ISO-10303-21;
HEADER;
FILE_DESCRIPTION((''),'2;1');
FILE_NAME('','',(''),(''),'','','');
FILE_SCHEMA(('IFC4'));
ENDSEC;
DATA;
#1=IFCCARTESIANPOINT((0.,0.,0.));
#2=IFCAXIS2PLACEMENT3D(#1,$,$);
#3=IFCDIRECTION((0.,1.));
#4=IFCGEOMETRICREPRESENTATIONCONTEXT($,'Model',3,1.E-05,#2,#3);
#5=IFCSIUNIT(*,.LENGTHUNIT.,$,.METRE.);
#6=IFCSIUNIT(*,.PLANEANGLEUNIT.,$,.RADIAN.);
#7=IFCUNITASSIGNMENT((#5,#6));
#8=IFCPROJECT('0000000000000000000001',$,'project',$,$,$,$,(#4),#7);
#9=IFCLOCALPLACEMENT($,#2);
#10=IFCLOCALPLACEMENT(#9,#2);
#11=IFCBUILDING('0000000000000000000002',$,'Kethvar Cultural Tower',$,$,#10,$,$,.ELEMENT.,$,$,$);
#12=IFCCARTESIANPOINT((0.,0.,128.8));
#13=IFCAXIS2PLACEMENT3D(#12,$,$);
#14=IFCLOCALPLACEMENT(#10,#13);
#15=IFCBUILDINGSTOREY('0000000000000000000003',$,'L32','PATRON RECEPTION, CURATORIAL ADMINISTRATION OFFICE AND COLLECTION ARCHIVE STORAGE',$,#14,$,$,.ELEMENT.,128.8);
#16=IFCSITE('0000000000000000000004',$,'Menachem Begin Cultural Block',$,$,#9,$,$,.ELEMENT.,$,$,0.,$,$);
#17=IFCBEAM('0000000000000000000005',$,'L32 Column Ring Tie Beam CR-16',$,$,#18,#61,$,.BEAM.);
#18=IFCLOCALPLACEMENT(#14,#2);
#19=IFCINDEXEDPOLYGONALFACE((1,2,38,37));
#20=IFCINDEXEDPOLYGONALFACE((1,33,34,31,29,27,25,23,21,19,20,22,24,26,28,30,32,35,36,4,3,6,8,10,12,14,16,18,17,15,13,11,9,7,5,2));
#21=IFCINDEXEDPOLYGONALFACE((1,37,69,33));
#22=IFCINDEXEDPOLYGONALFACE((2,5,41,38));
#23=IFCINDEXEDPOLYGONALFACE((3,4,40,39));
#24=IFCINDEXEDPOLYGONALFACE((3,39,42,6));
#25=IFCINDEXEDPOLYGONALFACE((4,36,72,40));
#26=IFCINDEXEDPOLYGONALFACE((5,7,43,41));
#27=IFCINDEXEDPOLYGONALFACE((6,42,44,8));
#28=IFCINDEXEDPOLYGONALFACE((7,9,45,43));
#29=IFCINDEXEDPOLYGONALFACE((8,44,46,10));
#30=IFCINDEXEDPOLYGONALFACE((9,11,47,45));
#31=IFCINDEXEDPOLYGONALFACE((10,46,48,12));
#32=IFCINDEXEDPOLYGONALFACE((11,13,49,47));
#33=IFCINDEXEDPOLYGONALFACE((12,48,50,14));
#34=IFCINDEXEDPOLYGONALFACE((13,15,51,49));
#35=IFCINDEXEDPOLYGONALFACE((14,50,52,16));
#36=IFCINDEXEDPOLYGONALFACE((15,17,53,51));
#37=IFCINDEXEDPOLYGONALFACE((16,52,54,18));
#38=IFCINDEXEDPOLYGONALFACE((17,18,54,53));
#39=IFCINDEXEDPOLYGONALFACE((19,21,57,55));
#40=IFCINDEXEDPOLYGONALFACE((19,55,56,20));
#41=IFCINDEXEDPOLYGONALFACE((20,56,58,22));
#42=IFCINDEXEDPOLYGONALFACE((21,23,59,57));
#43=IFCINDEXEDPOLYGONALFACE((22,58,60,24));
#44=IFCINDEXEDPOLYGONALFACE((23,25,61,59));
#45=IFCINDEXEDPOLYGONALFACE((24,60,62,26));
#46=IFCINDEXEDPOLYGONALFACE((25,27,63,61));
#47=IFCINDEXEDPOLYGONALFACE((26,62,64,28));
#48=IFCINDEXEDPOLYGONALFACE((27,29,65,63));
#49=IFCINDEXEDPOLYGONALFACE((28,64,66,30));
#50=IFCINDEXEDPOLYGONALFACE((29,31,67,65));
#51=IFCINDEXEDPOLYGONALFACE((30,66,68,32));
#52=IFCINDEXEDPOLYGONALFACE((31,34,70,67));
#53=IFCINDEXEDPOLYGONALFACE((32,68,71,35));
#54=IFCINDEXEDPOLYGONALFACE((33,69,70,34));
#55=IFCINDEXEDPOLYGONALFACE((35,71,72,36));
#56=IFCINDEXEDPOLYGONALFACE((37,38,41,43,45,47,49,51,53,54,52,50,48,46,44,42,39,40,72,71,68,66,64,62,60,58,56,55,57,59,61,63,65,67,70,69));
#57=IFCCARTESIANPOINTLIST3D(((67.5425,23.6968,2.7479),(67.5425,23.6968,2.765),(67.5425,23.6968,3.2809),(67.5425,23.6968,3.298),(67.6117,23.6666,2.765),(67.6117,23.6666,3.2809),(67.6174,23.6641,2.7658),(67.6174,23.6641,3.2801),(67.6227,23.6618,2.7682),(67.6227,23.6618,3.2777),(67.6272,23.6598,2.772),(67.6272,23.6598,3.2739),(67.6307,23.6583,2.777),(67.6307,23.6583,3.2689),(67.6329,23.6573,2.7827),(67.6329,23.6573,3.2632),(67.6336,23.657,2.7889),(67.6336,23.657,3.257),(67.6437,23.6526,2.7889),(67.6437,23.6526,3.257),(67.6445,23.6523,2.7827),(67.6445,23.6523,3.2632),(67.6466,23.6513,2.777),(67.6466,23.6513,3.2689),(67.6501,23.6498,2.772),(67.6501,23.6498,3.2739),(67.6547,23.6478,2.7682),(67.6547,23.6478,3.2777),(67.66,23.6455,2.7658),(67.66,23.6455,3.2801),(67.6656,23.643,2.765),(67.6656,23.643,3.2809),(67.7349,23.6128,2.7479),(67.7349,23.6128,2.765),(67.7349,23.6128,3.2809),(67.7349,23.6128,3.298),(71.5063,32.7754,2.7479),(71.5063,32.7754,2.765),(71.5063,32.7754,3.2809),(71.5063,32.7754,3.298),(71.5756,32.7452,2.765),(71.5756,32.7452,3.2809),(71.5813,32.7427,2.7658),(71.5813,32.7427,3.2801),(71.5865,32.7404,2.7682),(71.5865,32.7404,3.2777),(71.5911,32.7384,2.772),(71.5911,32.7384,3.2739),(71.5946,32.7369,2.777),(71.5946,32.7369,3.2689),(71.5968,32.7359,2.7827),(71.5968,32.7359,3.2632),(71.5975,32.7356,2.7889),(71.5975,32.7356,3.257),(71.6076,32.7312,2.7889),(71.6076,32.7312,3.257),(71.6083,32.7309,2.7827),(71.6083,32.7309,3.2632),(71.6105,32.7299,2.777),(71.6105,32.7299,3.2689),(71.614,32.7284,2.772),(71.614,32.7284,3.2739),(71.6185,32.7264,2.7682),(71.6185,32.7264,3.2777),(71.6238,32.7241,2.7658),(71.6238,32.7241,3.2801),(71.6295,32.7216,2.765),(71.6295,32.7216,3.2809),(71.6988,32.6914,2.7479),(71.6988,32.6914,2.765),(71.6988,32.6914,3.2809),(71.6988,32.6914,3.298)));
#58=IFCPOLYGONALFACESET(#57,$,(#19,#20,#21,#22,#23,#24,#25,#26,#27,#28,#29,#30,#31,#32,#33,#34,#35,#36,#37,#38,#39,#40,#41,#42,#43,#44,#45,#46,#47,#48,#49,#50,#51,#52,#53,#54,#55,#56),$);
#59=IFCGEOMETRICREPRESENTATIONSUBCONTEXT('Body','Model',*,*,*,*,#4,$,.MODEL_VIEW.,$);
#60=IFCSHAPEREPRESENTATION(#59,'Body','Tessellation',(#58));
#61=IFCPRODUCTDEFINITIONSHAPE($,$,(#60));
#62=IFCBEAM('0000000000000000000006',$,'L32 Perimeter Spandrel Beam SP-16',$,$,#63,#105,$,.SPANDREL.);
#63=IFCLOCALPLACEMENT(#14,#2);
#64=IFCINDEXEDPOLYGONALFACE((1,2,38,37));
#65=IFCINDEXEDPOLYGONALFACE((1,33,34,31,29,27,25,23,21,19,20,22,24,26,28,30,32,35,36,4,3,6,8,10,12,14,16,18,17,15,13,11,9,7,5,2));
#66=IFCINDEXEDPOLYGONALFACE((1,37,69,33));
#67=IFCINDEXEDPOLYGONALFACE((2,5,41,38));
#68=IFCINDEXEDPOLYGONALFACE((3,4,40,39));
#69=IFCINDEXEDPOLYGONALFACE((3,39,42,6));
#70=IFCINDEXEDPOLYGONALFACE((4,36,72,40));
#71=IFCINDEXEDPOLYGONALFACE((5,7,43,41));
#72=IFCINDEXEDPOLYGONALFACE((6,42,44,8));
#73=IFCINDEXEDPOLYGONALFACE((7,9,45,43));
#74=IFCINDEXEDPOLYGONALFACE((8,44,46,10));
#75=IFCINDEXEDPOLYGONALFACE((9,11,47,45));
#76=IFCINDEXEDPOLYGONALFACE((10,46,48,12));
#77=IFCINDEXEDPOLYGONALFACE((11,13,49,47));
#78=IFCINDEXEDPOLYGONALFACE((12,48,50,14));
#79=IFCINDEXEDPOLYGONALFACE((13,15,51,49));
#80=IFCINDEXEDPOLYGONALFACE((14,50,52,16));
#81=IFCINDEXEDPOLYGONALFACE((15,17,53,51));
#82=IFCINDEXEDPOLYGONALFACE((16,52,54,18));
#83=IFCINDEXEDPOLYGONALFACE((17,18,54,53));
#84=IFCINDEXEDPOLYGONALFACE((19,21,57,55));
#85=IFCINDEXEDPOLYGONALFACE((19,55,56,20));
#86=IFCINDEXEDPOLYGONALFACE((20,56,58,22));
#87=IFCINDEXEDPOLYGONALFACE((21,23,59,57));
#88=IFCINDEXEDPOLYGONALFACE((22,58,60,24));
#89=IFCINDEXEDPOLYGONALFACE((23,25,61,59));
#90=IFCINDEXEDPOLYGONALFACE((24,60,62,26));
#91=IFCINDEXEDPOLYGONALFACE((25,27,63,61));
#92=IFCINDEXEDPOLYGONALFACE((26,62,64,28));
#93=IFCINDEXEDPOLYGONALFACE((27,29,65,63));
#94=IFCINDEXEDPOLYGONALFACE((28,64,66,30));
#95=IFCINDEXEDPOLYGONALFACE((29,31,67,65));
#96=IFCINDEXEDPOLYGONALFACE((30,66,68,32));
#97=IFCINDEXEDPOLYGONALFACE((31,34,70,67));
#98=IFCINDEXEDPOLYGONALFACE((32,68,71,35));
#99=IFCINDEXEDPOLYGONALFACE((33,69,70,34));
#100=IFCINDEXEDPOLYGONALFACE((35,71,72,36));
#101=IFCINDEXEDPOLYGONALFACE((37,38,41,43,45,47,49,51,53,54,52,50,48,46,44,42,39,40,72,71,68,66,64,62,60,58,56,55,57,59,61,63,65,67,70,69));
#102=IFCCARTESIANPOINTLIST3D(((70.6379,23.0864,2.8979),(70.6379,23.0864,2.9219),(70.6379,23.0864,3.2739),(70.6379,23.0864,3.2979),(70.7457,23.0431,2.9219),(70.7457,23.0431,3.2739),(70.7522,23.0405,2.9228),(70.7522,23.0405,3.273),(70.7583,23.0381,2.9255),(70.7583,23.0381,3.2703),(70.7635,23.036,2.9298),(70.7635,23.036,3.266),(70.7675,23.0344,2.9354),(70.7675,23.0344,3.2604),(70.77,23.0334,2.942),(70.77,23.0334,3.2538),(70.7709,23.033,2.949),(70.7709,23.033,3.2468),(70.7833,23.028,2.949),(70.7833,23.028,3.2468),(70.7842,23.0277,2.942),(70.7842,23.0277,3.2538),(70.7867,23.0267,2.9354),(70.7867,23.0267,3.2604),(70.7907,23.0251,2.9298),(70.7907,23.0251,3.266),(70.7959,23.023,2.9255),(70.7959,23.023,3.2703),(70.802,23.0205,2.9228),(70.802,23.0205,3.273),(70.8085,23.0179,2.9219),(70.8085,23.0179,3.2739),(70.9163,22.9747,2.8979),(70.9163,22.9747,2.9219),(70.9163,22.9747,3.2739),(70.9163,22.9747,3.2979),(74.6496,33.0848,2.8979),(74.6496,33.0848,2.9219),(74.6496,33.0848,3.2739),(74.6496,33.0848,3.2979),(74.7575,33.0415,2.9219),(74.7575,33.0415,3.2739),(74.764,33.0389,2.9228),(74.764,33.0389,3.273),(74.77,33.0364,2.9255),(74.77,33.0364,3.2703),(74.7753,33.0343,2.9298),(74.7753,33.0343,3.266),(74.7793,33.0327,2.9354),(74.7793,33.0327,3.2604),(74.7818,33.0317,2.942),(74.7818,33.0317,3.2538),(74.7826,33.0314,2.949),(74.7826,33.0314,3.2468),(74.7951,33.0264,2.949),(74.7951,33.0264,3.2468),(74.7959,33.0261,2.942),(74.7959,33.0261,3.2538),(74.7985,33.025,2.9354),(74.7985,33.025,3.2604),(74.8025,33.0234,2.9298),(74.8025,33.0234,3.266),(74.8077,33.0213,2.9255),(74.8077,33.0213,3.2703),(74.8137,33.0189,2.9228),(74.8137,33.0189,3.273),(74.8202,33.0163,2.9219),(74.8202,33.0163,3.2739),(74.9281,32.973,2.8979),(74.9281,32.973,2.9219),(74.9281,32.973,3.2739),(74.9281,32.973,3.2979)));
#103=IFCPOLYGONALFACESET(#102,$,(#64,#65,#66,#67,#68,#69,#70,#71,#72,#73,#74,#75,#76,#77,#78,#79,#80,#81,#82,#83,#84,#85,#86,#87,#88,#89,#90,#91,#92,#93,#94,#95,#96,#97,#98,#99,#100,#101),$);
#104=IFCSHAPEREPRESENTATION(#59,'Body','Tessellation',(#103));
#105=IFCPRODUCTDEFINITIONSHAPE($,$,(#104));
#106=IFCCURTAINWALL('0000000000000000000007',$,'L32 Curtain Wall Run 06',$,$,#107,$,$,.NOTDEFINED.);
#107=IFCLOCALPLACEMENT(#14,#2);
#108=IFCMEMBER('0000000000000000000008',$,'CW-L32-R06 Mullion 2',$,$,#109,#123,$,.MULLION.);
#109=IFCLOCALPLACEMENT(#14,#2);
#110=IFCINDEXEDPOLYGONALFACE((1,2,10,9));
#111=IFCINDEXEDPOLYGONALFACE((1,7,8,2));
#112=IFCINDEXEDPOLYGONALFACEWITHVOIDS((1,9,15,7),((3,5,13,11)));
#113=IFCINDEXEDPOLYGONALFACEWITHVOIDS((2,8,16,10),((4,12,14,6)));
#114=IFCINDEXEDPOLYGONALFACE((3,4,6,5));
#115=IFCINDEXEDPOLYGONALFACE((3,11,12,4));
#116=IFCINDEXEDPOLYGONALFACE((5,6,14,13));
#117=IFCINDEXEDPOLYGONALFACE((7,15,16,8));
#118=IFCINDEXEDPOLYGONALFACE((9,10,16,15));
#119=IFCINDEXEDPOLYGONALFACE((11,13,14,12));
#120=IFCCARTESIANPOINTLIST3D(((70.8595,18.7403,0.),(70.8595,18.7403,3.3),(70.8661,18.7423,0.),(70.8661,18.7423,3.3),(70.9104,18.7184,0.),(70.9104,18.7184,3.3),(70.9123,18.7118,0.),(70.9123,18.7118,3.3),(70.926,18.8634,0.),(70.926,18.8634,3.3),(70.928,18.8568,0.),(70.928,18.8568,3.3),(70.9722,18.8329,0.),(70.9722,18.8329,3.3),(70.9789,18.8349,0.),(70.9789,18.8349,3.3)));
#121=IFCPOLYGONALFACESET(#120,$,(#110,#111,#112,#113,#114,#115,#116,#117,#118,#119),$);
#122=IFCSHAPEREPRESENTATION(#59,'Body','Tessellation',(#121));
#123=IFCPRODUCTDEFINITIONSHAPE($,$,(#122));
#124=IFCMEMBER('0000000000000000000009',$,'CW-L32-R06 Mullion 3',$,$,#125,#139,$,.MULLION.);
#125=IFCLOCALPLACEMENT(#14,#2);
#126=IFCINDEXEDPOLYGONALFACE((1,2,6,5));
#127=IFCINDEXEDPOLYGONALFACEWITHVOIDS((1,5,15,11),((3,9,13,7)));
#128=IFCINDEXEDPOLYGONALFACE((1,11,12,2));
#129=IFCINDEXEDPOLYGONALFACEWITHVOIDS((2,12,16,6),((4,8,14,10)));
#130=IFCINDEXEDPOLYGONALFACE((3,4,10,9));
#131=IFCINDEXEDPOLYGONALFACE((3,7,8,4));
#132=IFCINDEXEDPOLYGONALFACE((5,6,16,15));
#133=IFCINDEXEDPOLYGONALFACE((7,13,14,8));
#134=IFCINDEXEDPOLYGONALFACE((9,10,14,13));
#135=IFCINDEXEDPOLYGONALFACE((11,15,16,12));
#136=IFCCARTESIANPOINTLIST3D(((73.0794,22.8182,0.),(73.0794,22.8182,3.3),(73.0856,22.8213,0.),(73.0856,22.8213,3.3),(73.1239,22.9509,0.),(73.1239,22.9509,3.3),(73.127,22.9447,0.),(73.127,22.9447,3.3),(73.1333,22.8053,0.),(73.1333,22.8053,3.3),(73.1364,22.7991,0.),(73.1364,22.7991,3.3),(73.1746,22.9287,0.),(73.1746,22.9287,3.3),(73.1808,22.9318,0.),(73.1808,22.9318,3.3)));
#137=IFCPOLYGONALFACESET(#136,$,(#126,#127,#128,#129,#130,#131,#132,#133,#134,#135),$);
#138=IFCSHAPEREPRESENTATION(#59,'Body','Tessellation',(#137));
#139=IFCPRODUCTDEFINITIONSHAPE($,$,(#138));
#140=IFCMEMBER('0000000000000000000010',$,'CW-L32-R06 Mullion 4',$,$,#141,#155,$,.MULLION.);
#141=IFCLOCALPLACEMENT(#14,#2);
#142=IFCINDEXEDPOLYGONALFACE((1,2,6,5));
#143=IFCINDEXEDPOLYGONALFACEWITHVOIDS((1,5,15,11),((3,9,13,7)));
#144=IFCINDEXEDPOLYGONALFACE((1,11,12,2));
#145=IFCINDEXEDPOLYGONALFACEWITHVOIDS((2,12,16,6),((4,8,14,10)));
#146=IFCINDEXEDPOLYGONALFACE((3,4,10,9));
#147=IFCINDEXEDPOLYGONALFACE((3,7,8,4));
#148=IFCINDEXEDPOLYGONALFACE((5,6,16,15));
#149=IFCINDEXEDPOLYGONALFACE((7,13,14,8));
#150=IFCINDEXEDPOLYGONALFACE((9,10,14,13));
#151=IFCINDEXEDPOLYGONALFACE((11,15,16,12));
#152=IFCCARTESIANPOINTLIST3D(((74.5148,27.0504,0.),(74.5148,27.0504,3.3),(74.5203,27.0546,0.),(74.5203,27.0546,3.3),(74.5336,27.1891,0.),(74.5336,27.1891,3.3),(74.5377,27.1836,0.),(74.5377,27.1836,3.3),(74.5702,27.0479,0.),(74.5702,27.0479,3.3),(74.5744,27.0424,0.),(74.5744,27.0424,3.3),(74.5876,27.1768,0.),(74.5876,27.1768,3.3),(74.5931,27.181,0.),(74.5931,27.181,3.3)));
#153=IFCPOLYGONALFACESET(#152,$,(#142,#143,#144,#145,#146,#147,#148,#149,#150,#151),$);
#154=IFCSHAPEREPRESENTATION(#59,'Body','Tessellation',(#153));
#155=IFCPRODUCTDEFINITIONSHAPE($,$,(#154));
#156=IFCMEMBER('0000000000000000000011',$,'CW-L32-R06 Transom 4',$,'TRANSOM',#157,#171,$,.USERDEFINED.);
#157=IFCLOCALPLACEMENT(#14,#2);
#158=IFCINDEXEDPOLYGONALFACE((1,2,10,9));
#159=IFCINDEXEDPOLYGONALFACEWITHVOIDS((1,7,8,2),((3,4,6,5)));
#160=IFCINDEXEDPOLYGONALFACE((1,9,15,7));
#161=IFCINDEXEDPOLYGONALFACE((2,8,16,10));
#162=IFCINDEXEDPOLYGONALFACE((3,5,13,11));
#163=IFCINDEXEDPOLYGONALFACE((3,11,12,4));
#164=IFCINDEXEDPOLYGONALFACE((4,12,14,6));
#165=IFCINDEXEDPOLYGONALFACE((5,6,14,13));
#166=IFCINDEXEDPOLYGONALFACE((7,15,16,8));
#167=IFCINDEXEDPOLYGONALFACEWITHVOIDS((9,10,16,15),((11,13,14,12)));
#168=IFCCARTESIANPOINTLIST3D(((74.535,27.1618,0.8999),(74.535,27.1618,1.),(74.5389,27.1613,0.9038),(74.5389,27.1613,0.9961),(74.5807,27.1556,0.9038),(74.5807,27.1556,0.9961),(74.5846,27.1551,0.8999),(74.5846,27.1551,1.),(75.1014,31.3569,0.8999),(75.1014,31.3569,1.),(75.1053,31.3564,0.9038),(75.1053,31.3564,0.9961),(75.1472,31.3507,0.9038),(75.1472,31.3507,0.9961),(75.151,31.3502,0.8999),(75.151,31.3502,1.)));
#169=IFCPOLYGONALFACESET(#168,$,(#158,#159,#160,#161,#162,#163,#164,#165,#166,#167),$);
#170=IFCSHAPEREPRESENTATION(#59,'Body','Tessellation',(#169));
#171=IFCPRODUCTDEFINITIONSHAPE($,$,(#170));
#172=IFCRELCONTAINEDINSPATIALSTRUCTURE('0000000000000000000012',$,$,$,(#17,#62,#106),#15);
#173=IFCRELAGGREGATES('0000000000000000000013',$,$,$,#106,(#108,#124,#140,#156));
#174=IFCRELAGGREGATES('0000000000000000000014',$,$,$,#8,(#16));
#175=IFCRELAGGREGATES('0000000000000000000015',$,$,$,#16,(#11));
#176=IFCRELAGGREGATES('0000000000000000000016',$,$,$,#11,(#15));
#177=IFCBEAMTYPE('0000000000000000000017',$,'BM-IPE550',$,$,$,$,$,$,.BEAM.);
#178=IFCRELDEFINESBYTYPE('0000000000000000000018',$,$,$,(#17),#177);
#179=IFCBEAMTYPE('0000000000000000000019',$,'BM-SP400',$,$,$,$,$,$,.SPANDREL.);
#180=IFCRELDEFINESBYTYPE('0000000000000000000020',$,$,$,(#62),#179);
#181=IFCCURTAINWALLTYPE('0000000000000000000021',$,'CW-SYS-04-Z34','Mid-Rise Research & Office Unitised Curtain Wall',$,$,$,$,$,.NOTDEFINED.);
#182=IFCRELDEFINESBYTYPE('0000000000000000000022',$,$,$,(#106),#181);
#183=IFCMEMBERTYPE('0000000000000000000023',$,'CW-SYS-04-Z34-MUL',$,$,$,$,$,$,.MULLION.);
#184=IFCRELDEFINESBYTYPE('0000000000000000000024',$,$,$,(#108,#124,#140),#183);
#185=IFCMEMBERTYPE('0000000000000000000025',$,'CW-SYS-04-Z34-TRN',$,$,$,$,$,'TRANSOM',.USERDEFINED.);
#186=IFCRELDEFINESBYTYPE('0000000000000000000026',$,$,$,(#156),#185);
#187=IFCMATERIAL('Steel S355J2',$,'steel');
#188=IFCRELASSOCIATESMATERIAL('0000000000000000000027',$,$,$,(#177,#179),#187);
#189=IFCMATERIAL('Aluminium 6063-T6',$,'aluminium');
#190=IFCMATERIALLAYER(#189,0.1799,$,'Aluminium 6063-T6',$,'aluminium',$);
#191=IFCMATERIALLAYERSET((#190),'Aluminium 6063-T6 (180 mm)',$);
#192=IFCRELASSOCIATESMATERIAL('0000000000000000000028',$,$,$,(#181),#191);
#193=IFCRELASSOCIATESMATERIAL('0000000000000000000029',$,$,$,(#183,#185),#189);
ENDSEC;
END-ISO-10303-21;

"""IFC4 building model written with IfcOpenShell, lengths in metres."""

from ifc_helpers import new_model, si_unit, direction, frame, origin, origin_2d, place, context, subcontext, project, spatial, hollow_rectangle, i_section, extrude, source, transform, mapped, material, layer, layer_set, material_profile, profile_set, type_object, element, aggregate, save


model = new_model("IFC4")

# Units and contexts
model_context = context("Model", 3, precision=1e-05, world=origin(), true_north=direction((0.0, 1.0)))
body_context = subcontext(model_context, "Body", "Model", "MODEL_VIEW")
ifc_project = project(units=[si_unit("LENGTHUNIT", "METRE"), si_unit("PLANEANGLEUNIT", "RADIAN")], contexts=[model_context])

# Site, building, storey
site_placement = place(None, origin())
site = spatial("IfcSite", under=ifc_project, at=site_placement, Name="Menachem Begin Cultural Block", CompositionType="ELEMENT", RefElevation=0.0)
building_placement = place(site_placement, origin())
building = spatial("IfcBuilding", under=site, at=building_placement, Name="Kethvar Cultural Tower", CompositionType="ELEMENT")
storey_placement = place(building_placement, frame((0.0, 0.0, 128.8)))
storey = spatial("IfcBuildingStorey", under=building, at=storey_placement, Name="L32", Description="PATRON RECEPTION, CURATORIAL ADMINISTRATION OFFICE AND COLLECTION ARCHIVE STORAGE", CompositionType="ELEMENT", Elevation=128.8)

# Beams
ifc_material_1 = material(Name="Steel S355J2", Category="steel")
ifc_material_profile_1 = material_profile(ifc_material_1, i_section(OverallWidth=0.21, OverallDepth=0.55, WebThickness=0.011, FlangeThickness=0.0171, FilletRadius=0.0239, at=origin_2d()), Name="Steel S355J2 — IPE550")
ifc_profile_set_1 = profile_set([ifc_material_profile_1], Name="Steel S355J2 — IPE550")
beam_type_1 = type_object("IfcBeamType", Name="BM-IPE550", PredefinedType="BEAM", material=ifc_profile_set_1)
shared_shape_1 = source(origin(), body_context, "Body", "SweptSolid", [
    extrude(i_section(OverallWidth=0.21, OverallDepth=0.55, WebThickness=0.011, FlangeThickness=0.0171, FilletRadius=0.0239, at=origin_2d()), origin(), (0.0, 0.0, 1.0), 9.9062),
])
beam_1_placement = place(storey_placement, frame((67.6387, 23.6548, 3.0229), z_axis=(0.400139, 0.916455, 0.0), x_axis=(-0.916455, 0.400139, 0.0)))
element("IfcBeam", 1, at=beam_1_placement, inside=storey, type_object=beam_type_1, Name="L32 Column Ring Tie Beam CR-16", PredefinedType="BEAM", context=body_context, shape_type="MappedRepresentation", body=[
    mapped(shared_shape_1, transform((0.0, 0.0, 0.0), scale=1.0)),
])
ifc_material_profile_2 = material_profile(ifc_material_1, i_section(OverallWidth=0.3, OverallDepth=0.3999, WebThickness=0.0134, FlangeThickness=0.0239, FilletRadius=0.0271, at=origin_2d()), Name="Steel S355J2 — HEB400")
ifc_profile_set_2 = profile_set([ifc_material_profile_2], Name="Steel S355J2 — HEB400")
beam_type_2 = type_object("IfcBeamType", Name="BM-SP400", PredefinedType="SPANDREL", material=ifc_profile_set_2)
shared_shape_2 = source(origin(), body_context, "Body", "SweptSolid", [
    extrude(i_section(OverallWidth=0.3, OverallDepth=0.3999, WebThickness=0.0134, FlangeThickness=0.0239, FilletRadius=0.0271, at=origin_2d()), origin(), (0.0, 0.0, 1.0), 10.7732),
])
beam_2_placement = place(storey_placement, frame((70.7771, 23.0305, 3.0979), z_axis=(0.372383, 0.928079, 0.0), x_axis=(-0.928079, 0.372383, 0.0)))
element("IfcBeam", 2, at=beam_2_placement, inside=storey, type_object=beam_type_2, Name="L32 Perimeter Spandrel Beam SP-16", PredefinedType="SPANDREL", context=body_context, shape_type="MappedRepresentation", body=[
    mapped(shared_shape_2, transform((0.0, 0.0, 0.0), scale=1.0)),
])

# Curtain wall, members
ifc_material_2 = material(Name="Aluminium 6063-T6", Category="aluminium")
ifc_layer_1 = layer(ifc_material_2, 0.1799, Name="Aluminium 6063-T6", Category="aluminium")
ifc_layer_set_1 = layer_set([ifc_layer_1], Name="Aluminium 6063-T6 (180 mm)")
curtain_wall_type = type_object("IfcCurtainWallType", Name="CW-SYS-04-Z34", Description="Mid-Rise Research & Office Unitised Curtain Wall", PredefinedType="NOTDEFINED", material=ifc_layer_set_1)
curtain_wall_placement = place(storey_placement, origin())
curtain_wall = element("IfcCurtainWall", 3, at=curtain_wall_placement, inside=storey, type_object=curtain_wall_type, Name="L32 Curtain Wall Run 06", PredefinedType="NOTDEFINED")
ifc_material_profile_3 = material_profile(ifc_material_2, hollow_rectangle(XDim=0.0601, YDim=0.1399, WallThickness=0.0049, at=origin_2d()), Name="Aluminium 6063-T6 — RHS140x60x5")
ifc_profile_set_3 = profile_set([ifc_material_profile_3], Name="Aluminium 6063-T6 — RHS140x60x5")
member_type_1 = type_object("IfcMemberType", Name="CW-SYS-04-Z34-MUL", PredefinedType="MULLION", material=ifc_profile_set_3)
shared_shape_3 = source(origin(), body_context, "Body", "SweptSolid", [
    extrude(hollow_rectangle(XDim=0.0601, YDim=0.1399, WallThickness=0.0049, at=origin_2d()), origin(), (0.0, 0.0, 1.0), 3.3),
])
member_1_placement = place(storey_placement, frame((70.9192, 18.7876, 0.0), z_axis=(0.0, 0.0, 1.0), x_axis=(-0.879715, 0.475501, 0.0)))
member_1 = element("IfcMember", 4, at=member_1_placement, type_object=member_type_1, Name="CW-L32-R06 Mullion 2", PredefinedType="MULLION", context=body_context, shape_type="MappedRepresentation", body=[
    mapped(shared_shape_3, transform((0.0, 0.0, 0.0), scale=1.0)),
])
member_2_placement = place(storey_placement, frame((73.1301, 22.875, 0.0), z_axis=(0.0, 0.0, 1.0), x_axis=(-0.948141, 0.317851, 0.0)))
member_2 = element("IfcMember", 5, at=member_2_placement, type_object=member_type_1, Name="CW-L32-R06 Mullion 3", PredefinedType="MULLION", context=body_context, shape_type="MappedRepresentation", body=[
    mapped(shared_shape_3, transform((0.0, 0.0, 0.0), scale=1.0)),
])
member_3_placement = place(storey_placement, frame((74.554, 27.1157, 0.0), z_axis=(0.0, 0.0, 1.0), x_axis=(-0.991007, 0.133813, 0.0)))
member_3 = element("IfcMember", 6, at=member_3_placement, type_object=member_type_1, Name="CW-L32-R06 Mullion 4", PredefinedType="MULLION", context=body_context, shape_type="MappedRepresentation", body=[
    mapped(shared_shape_3, transform((0.0, 0.0, 0.0), scale=1.0)),
])
ifc_material_profile_4 = material_profile(ifc_material_2, hollow_rectangle(XDim=0.05, YDim=0.1001, WallThickness=0.0039, at=origin_2d()), Name="Aluminium 6063-T6 — RHS100x50x4")
ifc_profile_set_4 = profile_set([ifc_material_profile_4], Name="Aluminium 6063-T6 — RHS100x50x4")
member_type_2 = type_object("IfcMemberType", Name="CW-SYS-04-Z34-TRN", ElementType="TRANSOM", PredefinedType="USERDEFINED", material=ifc_profile_set_4)
shared_shape_4 = source(origin(), body_context, "Body", "SweptSolid", [
    extrude(hollow_rectangle(XDim=0.05, YDim=0.1001, WallThickness=0.0039, at=origin_2d()), origin(), (0.0, 0.0, 1.0), 4.2332),
])
member_4_placement = place(storey_placement, frame((74.5598, 27.1584, 0.95), z_axis=(0.133803, 0.991008, 0.0), x_axis=(-0.991008, 0.133803, 0.0)))
member_4 = element("IfcMember", 7, at=member_4_placement, type_object=member_type_2, Name="CW-L32-R06 Transom 4", ObjectType="TRANSOM", PredefinedType="USERDEFINED", context=body_context, shape_type="MappedRepresentation", body=[
    mapped(shared_shape_4, transform((0.0, 0.0, 0.0), scale=1.0)),
])
aggregate(curtain_wall, [member_1, member_2, member_3, member_4])

save(model, "model.ifc")
